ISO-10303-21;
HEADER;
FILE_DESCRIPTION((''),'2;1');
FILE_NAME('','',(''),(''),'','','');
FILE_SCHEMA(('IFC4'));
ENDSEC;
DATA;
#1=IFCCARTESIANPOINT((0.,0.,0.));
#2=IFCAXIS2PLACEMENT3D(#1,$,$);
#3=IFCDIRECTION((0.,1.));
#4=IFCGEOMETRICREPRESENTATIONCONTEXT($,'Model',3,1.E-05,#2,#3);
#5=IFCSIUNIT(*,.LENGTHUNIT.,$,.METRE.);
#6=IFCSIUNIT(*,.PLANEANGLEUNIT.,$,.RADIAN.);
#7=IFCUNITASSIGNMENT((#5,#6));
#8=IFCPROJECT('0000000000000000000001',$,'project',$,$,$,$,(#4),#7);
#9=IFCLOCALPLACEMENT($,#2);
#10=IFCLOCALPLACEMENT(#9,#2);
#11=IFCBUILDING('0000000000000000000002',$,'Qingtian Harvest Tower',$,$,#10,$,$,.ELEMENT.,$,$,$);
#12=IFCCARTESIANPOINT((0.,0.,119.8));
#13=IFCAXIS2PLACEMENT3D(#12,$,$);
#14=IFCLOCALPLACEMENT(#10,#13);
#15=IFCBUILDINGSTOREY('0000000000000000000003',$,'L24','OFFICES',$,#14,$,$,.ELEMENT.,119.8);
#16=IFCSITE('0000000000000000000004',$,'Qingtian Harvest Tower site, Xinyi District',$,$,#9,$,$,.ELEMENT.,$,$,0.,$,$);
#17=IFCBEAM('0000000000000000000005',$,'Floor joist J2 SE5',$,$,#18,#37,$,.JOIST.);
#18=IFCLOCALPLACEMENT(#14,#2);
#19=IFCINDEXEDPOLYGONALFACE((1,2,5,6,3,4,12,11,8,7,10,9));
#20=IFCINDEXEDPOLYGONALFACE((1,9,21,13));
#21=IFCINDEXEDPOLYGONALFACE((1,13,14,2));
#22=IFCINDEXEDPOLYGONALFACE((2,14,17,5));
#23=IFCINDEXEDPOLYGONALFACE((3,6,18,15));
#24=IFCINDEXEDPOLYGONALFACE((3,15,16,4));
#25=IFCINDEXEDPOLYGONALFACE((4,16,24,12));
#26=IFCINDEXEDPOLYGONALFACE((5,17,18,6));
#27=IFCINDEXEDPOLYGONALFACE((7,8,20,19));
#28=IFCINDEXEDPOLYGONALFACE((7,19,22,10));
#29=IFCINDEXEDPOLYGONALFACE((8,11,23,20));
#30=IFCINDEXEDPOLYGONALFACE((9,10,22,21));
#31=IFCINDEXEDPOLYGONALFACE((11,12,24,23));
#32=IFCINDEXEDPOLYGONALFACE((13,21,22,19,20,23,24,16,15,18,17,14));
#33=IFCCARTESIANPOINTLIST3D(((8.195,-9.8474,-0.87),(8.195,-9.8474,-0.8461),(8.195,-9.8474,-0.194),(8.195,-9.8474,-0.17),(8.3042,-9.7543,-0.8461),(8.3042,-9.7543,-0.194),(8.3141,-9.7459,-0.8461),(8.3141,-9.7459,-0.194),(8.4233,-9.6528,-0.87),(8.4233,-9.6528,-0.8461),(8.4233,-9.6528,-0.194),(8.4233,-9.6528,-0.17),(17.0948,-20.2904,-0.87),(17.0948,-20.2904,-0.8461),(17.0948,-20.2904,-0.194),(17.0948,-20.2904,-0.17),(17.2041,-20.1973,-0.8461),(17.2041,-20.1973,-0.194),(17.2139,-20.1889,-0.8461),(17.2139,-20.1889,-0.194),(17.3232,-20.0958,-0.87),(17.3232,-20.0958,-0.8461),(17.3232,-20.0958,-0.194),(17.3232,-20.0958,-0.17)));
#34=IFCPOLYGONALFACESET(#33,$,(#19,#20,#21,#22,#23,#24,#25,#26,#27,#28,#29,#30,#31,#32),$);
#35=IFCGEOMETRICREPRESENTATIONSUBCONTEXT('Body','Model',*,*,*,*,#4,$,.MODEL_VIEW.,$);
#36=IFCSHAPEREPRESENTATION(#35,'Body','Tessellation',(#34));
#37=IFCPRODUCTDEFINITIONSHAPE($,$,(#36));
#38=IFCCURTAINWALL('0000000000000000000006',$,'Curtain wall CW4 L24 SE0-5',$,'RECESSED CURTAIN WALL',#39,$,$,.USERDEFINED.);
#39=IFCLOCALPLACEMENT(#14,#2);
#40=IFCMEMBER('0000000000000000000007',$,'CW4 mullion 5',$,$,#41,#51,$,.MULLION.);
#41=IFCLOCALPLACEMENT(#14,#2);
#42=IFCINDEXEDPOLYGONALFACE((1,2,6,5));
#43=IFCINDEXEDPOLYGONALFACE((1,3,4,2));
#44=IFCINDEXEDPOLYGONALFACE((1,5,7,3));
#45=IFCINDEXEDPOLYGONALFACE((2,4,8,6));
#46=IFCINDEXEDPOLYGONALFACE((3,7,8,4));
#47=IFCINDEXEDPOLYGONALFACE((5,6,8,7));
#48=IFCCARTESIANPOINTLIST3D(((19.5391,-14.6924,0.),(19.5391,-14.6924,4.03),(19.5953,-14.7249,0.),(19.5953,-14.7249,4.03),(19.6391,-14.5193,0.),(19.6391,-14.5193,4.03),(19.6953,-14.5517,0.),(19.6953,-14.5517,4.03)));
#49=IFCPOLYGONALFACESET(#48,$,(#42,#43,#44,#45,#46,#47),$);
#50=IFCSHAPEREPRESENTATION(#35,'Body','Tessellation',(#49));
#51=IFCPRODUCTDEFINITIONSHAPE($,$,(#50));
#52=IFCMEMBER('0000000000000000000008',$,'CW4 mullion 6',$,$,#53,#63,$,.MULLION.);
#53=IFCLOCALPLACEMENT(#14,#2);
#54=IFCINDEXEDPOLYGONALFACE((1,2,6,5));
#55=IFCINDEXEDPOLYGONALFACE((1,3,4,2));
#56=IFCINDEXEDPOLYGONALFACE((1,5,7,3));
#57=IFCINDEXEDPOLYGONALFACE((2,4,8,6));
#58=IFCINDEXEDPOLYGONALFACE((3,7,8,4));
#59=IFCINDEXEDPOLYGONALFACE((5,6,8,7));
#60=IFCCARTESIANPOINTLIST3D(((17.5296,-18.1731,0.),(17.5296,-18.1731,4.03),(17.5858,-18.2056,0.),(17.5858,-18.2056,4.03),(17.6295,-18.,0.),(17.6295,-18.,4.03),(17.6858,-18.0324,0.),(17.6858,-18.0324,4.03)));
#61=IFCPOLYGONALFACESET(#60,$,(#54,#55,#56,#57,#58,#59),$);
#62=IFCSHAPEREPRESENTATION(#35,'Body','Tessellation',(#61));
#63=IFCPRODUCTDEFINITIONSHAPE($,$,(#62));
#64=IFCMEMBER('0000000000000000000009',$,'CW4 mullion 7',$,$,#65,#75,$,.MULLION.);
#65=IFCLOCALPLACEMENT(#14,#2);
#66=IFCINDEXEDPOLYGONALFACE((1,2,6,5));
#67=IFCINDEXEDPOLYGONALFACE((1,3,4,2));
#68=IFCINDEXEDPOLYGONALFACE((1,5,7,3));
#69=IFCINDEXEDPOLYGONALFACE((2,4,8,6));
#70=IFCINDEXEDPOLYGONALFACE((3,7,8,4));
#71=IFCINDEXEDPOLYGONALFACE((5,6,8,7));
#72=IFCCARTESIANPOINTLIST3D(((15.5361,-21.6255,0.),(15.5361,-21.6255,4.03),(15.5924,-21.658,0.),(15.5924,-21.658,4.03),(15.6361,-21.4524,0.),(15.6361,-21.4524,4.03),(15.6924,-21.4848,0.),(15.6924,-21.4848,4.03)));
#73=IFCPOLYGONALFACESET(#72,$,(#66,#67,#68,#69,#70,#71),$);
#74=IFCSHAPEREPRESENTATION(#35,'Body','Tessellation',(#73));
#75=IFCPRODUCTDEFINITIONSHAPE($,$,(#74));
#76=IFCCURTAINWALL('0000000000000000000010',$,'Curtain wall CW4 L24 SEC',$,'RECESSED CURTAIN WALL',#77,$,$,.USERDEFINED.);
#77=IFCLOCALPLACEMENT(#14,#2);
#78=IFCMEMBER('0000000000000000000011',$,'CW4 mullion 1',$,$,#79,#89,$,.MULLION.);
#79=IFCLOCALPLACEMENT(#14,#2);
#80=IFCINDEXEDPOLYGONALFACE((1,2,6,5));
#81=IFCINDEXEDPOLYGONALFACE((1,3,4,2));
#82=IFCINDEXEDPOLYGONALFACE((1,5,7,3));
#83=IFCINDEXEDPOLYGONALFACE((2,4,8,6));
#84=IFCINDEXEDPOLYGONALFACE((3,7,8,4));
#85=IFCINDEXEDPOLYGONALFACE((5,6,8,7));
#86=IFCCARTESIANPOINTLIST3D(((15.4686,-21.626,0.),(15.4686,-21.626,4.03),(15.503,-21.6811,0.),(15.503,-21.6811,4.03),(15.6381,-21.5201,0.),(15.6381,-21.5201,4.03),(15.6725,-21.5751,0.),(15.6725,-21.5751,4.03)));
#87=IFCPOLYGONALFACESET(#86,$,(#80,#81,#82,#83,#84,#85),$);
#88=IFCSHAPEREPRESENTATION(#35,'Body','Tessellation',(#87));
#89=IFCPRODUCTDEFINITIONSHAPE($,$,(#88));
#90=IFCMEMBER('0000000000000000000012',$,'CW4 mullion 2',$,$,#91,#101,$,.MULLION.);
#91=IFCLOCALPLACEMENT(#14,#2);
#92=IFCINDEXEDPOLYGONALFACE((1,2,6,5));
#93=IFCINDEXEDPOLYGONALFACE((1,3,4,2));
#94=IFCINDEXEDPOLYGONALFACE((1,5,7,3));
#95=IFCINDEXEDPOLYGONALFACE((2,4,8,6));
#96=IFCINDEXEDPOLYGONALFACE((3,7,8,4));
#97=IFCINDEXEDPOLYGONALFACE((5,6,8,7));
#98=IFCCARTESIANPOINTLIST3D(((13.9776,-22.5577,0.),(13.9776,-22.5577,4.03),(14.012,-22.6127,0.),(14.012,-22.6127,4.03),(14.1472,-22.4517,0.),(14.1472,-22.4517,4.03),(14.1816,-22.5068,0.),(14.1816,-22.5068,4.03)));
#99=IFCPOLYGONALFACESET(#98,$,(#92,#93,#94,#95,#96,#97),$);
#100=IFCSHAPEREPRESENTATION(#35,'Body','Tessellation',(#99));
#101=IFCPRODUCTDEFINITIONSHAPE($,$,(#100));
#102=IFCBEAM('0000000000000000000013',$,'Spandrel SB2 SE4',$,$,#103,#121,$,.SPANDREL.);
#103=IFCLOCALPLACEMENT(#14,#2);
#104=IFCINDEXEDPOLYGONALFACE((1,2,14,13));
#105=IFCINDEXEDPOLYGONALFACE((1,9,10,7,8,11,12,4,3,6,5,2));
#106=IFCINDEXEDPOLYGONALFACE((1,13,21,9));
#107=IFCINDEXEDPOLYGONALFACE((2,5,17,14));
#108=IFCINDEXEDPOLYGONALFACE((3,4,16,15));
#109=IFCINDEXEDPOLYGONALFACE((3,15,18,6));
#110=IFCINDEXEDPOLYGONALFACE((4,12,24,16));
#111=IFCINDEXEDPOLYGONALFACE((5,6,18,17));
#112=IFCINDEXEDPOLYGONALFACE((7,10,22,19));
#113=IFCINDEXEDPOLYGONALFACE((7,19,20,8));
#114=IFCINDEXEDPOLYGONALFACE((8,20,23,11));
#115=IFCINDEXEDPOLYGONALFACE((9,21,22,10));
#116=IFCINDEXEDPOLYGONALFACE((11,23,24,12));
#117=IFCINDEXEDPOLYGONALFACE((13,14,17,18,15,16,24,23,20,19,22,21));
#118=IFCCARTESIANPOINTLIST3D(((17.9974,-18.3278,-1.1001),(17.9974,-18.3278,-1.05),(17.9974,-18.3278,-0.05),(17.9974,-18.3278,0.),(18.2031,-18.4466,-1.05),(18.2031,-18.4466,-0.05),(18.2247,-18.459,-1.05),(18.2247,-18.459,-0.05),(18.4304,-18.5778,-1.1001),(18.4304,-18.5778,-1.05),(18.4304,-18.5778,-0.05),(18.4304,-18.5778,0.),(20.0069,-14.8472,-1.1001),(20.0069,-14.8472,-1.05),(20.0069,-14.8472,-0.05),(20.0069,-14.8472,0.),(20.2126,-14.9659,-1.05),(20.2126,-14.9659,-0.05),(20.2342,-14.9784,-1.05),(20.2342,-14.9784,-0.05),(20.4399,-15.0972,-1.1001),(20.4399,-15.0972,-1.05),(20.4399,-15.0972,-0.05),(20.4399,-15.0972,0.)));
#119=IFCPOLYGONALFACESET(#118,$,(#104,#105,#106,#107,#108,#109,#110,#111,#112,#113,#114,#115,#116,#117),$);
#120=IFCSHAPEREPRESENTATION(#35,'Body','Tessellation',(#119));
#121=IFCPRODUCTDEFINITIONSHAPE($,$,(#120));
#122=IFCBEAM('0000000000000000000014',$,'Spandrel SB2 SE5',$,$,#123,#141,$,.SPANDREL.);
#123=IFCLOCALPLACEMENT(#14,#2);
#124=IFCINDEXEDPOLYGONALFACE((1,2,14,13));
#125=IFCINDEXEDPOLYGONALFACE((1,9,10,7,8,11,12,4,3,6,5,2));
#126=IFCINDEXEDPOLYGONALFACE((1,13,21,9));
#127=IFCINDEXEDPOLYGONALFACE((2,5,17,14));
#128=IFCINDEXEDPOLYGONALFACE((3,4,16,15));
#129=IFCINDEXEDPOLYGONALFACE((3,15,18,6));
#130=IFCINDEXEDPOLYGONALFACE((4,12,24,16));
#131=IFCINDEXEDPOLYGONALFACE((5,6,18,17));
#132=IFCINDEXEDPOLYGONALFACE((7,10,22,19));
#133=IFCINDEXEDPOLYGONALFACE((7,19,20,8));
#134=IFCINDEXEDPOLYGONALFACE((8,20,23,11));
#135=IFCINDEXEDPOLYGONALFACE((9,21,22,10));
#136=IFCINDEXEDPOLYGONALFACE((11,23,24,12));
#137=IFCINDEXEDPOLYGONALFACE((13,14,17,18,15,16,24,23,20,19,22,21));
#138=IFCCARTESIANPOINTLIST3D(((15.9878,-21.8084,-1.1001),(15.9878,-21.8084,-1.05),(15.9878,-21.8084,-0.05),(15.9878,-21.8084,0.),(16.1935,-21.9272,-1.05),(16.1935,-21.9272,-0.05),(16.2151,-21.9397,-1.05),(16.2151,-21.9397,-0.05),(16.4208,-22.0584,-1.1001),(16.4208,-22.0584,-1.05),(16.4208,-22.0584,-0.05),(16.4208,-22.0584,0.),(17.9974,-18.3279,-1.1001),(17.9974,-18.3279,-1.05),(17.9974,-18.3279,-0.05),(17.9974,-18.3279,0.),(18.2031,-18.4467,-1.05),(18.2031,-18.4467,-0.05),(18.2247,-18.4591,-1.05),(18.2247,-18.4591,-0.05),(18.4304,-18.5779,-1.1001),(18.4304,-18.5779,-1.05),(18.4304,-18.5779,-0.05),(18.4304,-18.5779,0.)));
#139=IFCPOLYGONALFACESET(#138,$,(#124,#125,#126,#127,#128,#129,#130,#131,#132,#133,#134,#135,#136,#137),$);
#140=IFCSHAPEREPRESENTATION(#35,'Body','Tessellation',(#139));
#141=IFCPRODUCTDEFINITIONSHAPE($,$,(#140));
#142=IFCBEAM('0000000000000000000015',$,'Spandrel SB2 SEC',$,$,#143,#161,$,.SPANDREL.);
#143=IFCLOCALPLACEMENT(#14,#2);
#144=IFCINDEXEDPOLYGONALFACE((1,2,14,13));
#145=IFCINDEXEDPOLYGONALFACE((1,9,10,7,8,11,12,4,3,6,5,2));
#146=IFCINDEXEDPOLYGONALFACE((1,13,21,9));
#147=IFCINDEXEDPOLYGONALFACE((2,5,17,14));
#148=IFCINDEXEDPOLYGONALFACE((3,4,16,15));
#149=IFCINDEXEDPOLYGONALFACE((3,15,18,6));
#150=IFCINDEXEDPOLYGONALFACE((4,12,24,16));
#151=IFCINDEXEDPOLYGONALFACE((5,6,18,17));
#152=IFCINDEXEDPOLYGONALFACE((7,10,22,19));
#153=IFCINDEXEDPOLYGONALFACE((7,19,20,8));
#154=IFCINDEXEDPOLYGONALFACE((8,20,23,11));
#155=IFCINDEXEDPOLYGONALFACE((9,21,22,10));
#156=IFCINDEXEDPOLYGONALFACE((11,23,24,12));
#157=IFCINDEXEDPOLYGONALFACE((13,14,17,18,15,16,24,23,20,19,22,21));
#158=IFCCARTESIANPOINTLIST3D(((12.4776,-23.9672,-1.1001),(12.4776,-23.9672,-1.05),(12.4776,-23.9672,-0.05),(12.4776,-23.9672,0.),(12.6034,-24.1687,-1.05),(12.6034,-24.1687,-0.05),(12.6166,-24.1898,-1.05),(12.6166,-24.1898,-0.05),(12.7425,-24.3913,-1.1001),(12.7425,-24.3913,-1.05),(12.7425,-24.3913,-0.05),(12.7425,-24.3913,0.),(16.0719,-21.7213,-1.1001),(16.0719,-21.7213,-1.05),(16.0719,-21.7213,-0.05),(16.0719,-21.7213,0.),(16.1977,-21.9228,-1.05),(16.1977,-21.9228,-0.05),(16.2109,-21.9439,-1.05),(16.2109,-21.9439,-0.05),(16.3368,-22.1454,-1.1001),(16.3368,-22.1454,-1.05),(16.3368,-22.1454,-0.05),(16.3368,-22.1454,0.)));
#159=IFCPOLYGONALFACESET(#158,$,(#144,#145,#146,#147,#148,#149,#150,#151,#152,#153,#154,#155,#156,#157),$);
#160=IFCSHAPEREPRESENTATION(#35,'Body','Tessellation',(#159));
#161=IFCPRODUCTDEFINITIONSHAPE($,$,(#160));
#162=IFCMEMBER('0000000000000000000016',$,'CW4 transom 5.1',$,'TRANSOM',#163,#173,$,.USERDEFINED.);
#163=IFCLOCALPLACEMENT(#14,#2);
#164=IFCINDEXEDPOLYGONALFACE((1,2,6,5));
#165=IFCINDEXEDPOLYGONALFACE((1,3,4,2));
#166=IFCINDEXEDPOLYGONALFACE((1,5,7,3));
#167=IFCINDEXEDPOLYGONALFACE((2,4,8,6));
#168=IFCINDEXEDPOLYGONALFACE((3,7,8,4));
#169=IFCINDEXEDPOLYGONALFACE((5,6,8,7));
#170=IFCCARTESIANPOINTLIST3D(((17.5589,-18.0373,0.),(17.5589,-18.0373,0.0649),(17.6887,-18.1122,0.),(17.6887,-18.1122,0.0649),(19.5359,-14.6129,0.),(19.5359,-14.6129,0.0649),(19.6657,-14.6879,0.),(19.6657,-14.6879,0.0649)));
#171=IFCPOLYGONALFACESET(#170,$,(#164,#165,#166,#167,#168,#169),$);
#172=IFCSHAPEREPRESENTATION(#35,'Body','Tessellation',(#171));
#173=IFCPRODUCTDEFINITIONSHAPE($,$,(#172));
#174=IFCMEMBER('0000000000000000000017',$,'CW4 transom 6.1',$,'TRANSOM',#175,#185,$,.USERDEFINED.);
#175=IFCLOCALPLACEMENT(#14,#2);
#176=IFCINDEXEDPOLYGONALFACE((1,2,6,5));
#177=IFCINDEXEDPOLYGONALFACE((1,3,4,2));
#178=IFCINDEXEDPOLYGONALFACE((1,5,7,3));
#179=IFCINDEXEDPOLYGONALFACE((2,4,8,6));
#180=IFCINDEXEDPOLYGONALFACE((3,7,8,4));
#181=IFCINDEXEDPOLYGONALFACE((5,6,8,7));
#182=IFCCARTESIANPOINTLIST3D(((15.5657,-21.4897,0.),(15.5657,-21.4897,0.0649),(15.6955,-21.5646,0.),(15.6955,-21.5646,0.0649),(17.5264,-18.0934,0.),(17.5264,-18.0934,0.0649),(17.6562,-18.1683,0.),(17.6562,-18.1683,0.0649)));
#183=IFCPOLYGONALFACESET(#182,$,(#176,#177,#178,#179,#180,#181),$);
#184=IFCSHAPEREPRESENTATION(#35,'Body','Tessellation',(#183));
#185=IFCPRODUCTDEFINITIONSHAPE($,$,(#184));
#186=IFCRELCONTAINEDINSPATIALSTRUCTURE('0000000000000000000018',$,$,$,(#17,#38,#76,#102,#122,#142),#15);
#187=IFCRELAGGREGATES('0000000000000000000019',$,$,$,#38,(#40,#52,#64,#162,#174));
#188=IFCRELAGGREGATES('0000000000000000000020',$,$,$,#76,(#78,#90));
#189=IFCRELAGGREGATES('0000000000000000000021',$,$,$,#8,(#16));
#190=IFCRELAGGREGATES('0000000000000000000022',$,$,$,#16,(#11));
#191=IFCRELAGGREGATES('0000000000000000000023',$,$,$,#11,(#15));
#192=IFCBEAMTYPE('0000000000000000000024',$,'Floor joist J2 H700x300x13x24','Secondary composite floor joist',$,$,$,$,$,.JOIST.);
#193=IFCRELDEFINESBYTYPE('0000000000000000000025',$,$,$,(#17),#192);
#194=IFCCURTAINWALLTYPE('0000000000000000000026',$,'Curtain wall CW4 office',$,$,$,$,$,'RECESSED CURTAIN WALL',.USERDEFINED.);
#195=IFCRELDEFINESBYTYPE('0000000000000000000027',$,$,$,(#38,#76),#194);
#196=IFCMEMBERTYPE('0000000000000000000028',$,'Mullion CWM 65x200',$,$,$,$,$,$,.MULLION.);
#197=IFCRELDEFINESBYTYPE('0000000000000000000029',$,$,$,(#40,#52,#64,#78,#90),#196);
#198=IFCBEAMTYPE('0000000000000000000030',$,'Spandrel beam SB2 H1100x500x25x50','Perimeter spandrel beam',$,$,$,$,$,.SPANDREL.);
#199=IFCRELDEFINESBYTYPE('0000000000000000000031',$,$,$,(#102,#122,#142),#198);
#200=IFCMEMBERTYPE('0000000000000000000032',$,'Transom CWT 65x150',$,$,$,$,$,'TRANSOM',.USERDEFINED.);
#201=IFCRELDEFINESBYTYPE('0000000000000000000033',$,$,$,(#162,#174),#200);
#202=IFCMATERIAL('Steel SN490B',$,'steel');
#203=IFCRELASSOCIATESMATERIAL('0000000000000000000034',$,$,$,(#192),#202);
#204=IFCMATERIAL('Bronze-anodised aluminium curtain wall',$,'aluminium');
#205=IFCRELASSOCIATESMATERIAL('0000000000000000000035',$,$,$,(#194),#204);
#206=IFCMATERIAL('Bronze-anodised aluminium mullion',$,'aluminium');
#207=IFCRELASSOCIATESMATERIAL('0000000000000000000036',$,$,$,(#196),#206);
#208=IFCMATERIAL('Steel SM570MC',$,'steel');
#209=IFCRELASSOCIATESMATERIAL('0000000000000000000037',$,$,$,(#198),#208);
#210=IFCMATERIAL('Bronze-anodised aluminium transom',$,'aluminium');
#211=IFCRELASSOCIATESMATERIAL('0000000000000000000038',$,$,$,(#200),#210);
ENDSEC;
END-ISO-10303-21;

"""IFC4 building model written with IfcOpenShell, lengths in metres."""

from ifc_helpers import new_model, si_unit, direction, frame, origin, origin_2d, place, context, subcontext, project, spatial, rectangle, i_section, extrude, material, material_profile, profile_set, type_object, element, aggregate, save


model = new_model("IFC4")

# Units and contexts
model_context = context("Model", 3, precision=1e-05, world=origin(), true_north=direction((0.0, 1.0)))
body_context = subcontext(model_context, "Body", "Model", "MODEL_VIEW")
ifc_project = project(units=[si_unit("LENGTHUNIT", "METRE"), si_unit("PLANEANGLEUNIT", "RADIAN")], contexts=[model_context])

# Site, building, storey
site_placement = place(None, origin())
site = spatial("IfcSite", under=ifc_project, at=site_placement, Name="Qingtian Harvest Tower site, Xinyi District", CompositionType="ELEMENT", RefElevation=0.0)
building_placement = place(site_placement, origin())
building = spatial("IfcBuilding", under=site, at=building_placement, Name="Qingtian Harvest Tower", CompositionType="ELEMENT")
storey_placement = place(building_placement, frame((0.0, 0.0, 119.8)))
storey = spatial("IfcBuildingStorey", under=building, at=storey_placement, Name="L24", Description="OFFICES", CompositionType="ELEMENT", Elevation=119.8)

# Beam
ifc_material_1 = material(Name="Steel SN490B", Category="steel")
ifc_material_profile_1 = material_profile(ifc_material_1, i_section(OverallWidth=0.3, OverallDepth=0.7, WebThickness=0.0129, FlangeThickness=0.0239, at=origin_2d()), Name="H700x300x13x24")
ifc_profile_set_1 = profile_set([ifc_material_profile_1], Name="Steel SN490B")
beam_type_1 = type_object("IfcBeamType", Name="Floor joist J2 H700x300x13x24", Description="Secondary composite floor joist", PredefinedType="JOIST", material=ifc_profile_set_1)
beam_1_placement = place(storey_placement, frame((17.209, -20.1931, -0.52), z_axis=(-0.648632, 0.761102, 0.0), x_axis=(-0.761102, -0.648632, 0.0)))
element("IfcBeam", 1, at=beam_1_placement, inside=storey, type_object=beam_type_1, Name="Floor joist J2 SE5", PredefinedType="JOIST", context=body_context, shape_type="SweptSolid", body=[
    extrude(i_section(OverallWidth=0.3, OverallDepth=0.7, WebThickness=0.0129, FlangeThickness=0.0239, at=origin_2d()), origin(), (0.0, 0.0, 1.0), 13.7209),
])

# Curtain walls, members
ifc_material_2 = material(Name="Bronze-anodised aluminium curtain wall", Category="aluminium")
curtain_wall_type = type_object("IfcCurtainWallType", Name="Curtain wall CW4 office", ElementType="RECESSED CURTAIN WALL", PredefinedType="USERDEFINED", material=ifc_material_2)
curtain_wall_1_placement = place(storey_placement, origin())
curtain_wall_1 = element("IfcCurtainWall", 2, at=curtain_wall_1_placement, inside=storey, type_object=curtain_wall_type, Name="Curtain wall CW4 L24 SE0-5", ObjectType="RECESSED CURTAIN WALL", PredefinedType="USERDEFINED")
ifc_material_3 = material(Name="Bronze-anodised aluminium mullion", Category="aluminium")
ifc_material_profile_2 = material_profile(ifc_material_3, rectangle(XDim=0.0649, YDim=0.2, at=origin_2d()), Name="AL 65x200")
ifc_profile_set_2 = profile_set([ifc_material_profile_2], Name="Bronze-anodised aluminium mullion")
member_type_1 = type_object("IfcMemberType", Name="Mullion CWM 65x200", PredefinedType="MULLION", material=ifc_profile_set_2)
member_1_placement = place(storey_placement, frame((19.6172, -14.6221, 0.0), z_axis=(0.0, 0.0, 1.0), x_axis=(0.866025, -0.5, 0.0)))
member_1 = element("IfcMember", 3, at=member_1_placement, type_object=member_type_1, Name="CW4 mullion 5", PredefinedType="MULLION", context=body_context, shape_type="SweptSolid", body=[
    extrude(rectangle(XDim=0.0649, YDim=0.2, at=origin_2d()), origin(), (0.0, 0.0, 1.0), 4.03),
])
member_2_placement = place(storey_placement, frame((17.6077, -18.1028, 0.0), z_axis=(0.0, 0.0, 1.0), x_axis=(0.866025, -0.5, 0.0)))
member_2 = element("IfcMember", 4, at=member_2_placement, type_object=member_type_1, Name="CW4 mullion 6", PredefinedType="MULLION", context=body_context, shape_type="SweptSolid", body=[
    extrude(rectangle(XDim=0.0649, YDim=0.2, at=origin_2d()), origin(), (0.0, 0.0, 1.0), 4.03),
])
member_3_placement = place(storey_placement, frame((15.6143, -21.5552, 0.0), z_axis=(0.0, 0.0, 1.0), x_axis=(0.866025, -0.5, 0.0)))
member_3 = element("IfcMember", 5, at=member_3_placement, type_object=member_type_1, Name="CW4 mullion 7", PredefinedType="MULLION", context=body_context, shape_type="SweptSolid", body=[
    extrude(rectangle(XDim=0.0649, YDim=0.2, at=origin_2d()), origin(), (0.0, 0.0, 1.0), 4.03),
])
curtain_wall_2_placement = place(storey_placement, origin())
curtain_wall_2 = element("IfcCurtainWall", 6, at=curtain_wall_2_placement, inside=storey, type_object=curtain_wall_type, Name="Curtain wall CW4 L24 SEC", ObjectType="RECESSED CURTAIN WALL", PredefinedType="USERDEFINED")
member_4_placement = place(storey_placement, frame((15.5706, -21.6006, 0.0), z_axis=(0.0, 0.0, 1.0), x_axis=(0.529919, -0.848048, 0.0)))
member_4 = element("IfcMember", 7, at=member_4_placement, type_object=member_type_1, Name="CW4 mullion 1", PredefinedType="MULLION", context=body_context, shape_type="SweptSolid", body=[
    extrude(rectangle(XDim=0.0649, YDim=0.2, at=origin_2d()), origin(), (0.0, 0.0, 1.0), 4.03),
])
member_5_placement = place(storey_placement, frame((14.0796, -22.5322, 0.0), z_axis=(0.0, 0.0, 1.0), x_axis=(0.529919, -0.848048, 0.0)))
member_5 = element("IfcMember", 8, at=member_5_placement, type_object=member_type_1, Name="CW4 mullion 2", PredefinedType="MULLION", context=body_context, shape_type="SweptSolid", body=[
    extrude(rectangle(XDim=0.0649, YDim=0.2, at=origin_2d()), origin(), (0.0, 0.0, 1.0), 4.03),
])

# Beams
ifc_material_4 = material(Name="Steel SM570MC", Category="steel")
ifc_material_profile_3 = material_profile(ifc_material_4, i_section(OverallWidth=0.5, OverallDepth=1.1001, WebThickness=0.0249, FlangeThickness=0.05, at=origin_2d()), Name="H1100x500x25x50")
ifc_profile_set_3 = profile_set([ifc_material_profile_3], Name="Steel SM570MC")
beam_type_2 = type_object("IfcBeamType", Name="Spandrel beam SB2 H1100x500x25x50", Description="Perimeter spandrel beam", PredefinedType="SPANDREL", material=ifc_profile_set_3)
for number, where, z_axis, x_axis, name in (
    (9, (20.2234, -14.9722, -0.55), (-0.499987, -0.866033, 0.0), (0.866033, -0.499987, 0.0), "Spandrel SB2 SE4"),
    (10, (18.2139, -18.4529, -0.55), (-0.500013, -0.866018, 0.0), (0.866018, -0.500013, 0.0), "Spandrel SB2 SE5"),
):
    element("IfcBeam", number, at=place(storey_placement, frame(where, z_axis=z_axis, x_axis=x_axis)), inside=storey, type_object=beam_type_2, Name=name, PredefinedType="SPANDREL", context=body_context, shape_type="SweptSolid", body=[
        extrude(i_section(OverallWidth=0.5, OverallDepth=1.1001, WebThickness=0.0249, FlangeThickness=0.05, at=origin_2d()), origin(), (0.0, 0.0, 1.0), 4.019),
    ])
beam_2_placement = place(storey_placement, frame((16.2043, -21.9333, -0.55), z_axis=(-0.848057, -0.529906, 0.0), x_axis=(0.529906, -0.848057, 0.0)))
element("IfcBeam", 11, at=beam_2_placement, inside=storey, type_object=beam_type_2, Name="Spandrel SB2 SEC", PredefinedType="SPANDREL", context=body_context, shape_type="SweptSolid", body=[
    extrude(i_section(OverallWidth=0.5, OverallDepth=1.1001, WebThickness=0.0249, FlangeThickness=0.05, at=origin_2d()), origin(), (0.0, 0.0, 1.0), 4.2383),
])

# Members
ifc_material_5 = material(Name="Bronze-anodised aluminium transom", Category="aluminium")
ifc_material_profile_4 = material_profile(ifc_material_5, rectangle(XDim=0.1499, YDim=0.0649, at=origin_2d()), Name="AL 65x150")
ifc_profile_set_4 = profile_set([ifc_material_profile_4], Name="Bronze-anodised aluminium transom")
member_type_2 = type_object("IfcMemberType", Name="Transom CWT 65x150", ElementType="TRANSOM", PredefinedType="USERDEFINED", material=ifc_profile_set_4)
member_6_placement = place(storey_placement, frame((19.6008, -14.6504, 0.0325), z_axis=(-0.500004, -0.866023, 0.0), x_axis=(0.866023, -0.500004, 0.0)))
member_6 = element("IfcMember", 12, at=member_6_placement, type_object=member_type_2, Name="CW4 transom 5.1", ObjectType="TRANSOM", PredefinedType="USERDEFINED", context=body_context, shape_type="SweptSolid", body=[
    extrude(rectangle(XDim=0.1499, YDim=0.0649, at=origin_2d()), origin(), (0.0, 0.0, 1.0), 3.9541),
])
member_7_placement = place(storey_placement, frame((17.5913, -18.1309, 0.0325), z_axis=(-0.499976, -0.866039, 0.0), x_axis=(0.866039, -0.499976, 0.0)))
member_7 = element("IfcMember", 13, at=member_7_placement, type_object=member_type_2, Name="CW4 transom 6.1", ObjectType="TRANSOM", PredefinedType="USERDEFINED", context=body_context, shape_type="SweptSolid", body=[
    extrude(rectangle(XDim=0.1499, YDim=0.0649, at=origin_2d()), origin(), (0.0, 0.0, 1.0), 3.9216),
])

aggregate(curtain_wall_1, [member_1, member_2, member_3, member_6, member_7])
aggregate(curtain_wall_2, [member_4, member_5])

save(model, "model.ifc")
